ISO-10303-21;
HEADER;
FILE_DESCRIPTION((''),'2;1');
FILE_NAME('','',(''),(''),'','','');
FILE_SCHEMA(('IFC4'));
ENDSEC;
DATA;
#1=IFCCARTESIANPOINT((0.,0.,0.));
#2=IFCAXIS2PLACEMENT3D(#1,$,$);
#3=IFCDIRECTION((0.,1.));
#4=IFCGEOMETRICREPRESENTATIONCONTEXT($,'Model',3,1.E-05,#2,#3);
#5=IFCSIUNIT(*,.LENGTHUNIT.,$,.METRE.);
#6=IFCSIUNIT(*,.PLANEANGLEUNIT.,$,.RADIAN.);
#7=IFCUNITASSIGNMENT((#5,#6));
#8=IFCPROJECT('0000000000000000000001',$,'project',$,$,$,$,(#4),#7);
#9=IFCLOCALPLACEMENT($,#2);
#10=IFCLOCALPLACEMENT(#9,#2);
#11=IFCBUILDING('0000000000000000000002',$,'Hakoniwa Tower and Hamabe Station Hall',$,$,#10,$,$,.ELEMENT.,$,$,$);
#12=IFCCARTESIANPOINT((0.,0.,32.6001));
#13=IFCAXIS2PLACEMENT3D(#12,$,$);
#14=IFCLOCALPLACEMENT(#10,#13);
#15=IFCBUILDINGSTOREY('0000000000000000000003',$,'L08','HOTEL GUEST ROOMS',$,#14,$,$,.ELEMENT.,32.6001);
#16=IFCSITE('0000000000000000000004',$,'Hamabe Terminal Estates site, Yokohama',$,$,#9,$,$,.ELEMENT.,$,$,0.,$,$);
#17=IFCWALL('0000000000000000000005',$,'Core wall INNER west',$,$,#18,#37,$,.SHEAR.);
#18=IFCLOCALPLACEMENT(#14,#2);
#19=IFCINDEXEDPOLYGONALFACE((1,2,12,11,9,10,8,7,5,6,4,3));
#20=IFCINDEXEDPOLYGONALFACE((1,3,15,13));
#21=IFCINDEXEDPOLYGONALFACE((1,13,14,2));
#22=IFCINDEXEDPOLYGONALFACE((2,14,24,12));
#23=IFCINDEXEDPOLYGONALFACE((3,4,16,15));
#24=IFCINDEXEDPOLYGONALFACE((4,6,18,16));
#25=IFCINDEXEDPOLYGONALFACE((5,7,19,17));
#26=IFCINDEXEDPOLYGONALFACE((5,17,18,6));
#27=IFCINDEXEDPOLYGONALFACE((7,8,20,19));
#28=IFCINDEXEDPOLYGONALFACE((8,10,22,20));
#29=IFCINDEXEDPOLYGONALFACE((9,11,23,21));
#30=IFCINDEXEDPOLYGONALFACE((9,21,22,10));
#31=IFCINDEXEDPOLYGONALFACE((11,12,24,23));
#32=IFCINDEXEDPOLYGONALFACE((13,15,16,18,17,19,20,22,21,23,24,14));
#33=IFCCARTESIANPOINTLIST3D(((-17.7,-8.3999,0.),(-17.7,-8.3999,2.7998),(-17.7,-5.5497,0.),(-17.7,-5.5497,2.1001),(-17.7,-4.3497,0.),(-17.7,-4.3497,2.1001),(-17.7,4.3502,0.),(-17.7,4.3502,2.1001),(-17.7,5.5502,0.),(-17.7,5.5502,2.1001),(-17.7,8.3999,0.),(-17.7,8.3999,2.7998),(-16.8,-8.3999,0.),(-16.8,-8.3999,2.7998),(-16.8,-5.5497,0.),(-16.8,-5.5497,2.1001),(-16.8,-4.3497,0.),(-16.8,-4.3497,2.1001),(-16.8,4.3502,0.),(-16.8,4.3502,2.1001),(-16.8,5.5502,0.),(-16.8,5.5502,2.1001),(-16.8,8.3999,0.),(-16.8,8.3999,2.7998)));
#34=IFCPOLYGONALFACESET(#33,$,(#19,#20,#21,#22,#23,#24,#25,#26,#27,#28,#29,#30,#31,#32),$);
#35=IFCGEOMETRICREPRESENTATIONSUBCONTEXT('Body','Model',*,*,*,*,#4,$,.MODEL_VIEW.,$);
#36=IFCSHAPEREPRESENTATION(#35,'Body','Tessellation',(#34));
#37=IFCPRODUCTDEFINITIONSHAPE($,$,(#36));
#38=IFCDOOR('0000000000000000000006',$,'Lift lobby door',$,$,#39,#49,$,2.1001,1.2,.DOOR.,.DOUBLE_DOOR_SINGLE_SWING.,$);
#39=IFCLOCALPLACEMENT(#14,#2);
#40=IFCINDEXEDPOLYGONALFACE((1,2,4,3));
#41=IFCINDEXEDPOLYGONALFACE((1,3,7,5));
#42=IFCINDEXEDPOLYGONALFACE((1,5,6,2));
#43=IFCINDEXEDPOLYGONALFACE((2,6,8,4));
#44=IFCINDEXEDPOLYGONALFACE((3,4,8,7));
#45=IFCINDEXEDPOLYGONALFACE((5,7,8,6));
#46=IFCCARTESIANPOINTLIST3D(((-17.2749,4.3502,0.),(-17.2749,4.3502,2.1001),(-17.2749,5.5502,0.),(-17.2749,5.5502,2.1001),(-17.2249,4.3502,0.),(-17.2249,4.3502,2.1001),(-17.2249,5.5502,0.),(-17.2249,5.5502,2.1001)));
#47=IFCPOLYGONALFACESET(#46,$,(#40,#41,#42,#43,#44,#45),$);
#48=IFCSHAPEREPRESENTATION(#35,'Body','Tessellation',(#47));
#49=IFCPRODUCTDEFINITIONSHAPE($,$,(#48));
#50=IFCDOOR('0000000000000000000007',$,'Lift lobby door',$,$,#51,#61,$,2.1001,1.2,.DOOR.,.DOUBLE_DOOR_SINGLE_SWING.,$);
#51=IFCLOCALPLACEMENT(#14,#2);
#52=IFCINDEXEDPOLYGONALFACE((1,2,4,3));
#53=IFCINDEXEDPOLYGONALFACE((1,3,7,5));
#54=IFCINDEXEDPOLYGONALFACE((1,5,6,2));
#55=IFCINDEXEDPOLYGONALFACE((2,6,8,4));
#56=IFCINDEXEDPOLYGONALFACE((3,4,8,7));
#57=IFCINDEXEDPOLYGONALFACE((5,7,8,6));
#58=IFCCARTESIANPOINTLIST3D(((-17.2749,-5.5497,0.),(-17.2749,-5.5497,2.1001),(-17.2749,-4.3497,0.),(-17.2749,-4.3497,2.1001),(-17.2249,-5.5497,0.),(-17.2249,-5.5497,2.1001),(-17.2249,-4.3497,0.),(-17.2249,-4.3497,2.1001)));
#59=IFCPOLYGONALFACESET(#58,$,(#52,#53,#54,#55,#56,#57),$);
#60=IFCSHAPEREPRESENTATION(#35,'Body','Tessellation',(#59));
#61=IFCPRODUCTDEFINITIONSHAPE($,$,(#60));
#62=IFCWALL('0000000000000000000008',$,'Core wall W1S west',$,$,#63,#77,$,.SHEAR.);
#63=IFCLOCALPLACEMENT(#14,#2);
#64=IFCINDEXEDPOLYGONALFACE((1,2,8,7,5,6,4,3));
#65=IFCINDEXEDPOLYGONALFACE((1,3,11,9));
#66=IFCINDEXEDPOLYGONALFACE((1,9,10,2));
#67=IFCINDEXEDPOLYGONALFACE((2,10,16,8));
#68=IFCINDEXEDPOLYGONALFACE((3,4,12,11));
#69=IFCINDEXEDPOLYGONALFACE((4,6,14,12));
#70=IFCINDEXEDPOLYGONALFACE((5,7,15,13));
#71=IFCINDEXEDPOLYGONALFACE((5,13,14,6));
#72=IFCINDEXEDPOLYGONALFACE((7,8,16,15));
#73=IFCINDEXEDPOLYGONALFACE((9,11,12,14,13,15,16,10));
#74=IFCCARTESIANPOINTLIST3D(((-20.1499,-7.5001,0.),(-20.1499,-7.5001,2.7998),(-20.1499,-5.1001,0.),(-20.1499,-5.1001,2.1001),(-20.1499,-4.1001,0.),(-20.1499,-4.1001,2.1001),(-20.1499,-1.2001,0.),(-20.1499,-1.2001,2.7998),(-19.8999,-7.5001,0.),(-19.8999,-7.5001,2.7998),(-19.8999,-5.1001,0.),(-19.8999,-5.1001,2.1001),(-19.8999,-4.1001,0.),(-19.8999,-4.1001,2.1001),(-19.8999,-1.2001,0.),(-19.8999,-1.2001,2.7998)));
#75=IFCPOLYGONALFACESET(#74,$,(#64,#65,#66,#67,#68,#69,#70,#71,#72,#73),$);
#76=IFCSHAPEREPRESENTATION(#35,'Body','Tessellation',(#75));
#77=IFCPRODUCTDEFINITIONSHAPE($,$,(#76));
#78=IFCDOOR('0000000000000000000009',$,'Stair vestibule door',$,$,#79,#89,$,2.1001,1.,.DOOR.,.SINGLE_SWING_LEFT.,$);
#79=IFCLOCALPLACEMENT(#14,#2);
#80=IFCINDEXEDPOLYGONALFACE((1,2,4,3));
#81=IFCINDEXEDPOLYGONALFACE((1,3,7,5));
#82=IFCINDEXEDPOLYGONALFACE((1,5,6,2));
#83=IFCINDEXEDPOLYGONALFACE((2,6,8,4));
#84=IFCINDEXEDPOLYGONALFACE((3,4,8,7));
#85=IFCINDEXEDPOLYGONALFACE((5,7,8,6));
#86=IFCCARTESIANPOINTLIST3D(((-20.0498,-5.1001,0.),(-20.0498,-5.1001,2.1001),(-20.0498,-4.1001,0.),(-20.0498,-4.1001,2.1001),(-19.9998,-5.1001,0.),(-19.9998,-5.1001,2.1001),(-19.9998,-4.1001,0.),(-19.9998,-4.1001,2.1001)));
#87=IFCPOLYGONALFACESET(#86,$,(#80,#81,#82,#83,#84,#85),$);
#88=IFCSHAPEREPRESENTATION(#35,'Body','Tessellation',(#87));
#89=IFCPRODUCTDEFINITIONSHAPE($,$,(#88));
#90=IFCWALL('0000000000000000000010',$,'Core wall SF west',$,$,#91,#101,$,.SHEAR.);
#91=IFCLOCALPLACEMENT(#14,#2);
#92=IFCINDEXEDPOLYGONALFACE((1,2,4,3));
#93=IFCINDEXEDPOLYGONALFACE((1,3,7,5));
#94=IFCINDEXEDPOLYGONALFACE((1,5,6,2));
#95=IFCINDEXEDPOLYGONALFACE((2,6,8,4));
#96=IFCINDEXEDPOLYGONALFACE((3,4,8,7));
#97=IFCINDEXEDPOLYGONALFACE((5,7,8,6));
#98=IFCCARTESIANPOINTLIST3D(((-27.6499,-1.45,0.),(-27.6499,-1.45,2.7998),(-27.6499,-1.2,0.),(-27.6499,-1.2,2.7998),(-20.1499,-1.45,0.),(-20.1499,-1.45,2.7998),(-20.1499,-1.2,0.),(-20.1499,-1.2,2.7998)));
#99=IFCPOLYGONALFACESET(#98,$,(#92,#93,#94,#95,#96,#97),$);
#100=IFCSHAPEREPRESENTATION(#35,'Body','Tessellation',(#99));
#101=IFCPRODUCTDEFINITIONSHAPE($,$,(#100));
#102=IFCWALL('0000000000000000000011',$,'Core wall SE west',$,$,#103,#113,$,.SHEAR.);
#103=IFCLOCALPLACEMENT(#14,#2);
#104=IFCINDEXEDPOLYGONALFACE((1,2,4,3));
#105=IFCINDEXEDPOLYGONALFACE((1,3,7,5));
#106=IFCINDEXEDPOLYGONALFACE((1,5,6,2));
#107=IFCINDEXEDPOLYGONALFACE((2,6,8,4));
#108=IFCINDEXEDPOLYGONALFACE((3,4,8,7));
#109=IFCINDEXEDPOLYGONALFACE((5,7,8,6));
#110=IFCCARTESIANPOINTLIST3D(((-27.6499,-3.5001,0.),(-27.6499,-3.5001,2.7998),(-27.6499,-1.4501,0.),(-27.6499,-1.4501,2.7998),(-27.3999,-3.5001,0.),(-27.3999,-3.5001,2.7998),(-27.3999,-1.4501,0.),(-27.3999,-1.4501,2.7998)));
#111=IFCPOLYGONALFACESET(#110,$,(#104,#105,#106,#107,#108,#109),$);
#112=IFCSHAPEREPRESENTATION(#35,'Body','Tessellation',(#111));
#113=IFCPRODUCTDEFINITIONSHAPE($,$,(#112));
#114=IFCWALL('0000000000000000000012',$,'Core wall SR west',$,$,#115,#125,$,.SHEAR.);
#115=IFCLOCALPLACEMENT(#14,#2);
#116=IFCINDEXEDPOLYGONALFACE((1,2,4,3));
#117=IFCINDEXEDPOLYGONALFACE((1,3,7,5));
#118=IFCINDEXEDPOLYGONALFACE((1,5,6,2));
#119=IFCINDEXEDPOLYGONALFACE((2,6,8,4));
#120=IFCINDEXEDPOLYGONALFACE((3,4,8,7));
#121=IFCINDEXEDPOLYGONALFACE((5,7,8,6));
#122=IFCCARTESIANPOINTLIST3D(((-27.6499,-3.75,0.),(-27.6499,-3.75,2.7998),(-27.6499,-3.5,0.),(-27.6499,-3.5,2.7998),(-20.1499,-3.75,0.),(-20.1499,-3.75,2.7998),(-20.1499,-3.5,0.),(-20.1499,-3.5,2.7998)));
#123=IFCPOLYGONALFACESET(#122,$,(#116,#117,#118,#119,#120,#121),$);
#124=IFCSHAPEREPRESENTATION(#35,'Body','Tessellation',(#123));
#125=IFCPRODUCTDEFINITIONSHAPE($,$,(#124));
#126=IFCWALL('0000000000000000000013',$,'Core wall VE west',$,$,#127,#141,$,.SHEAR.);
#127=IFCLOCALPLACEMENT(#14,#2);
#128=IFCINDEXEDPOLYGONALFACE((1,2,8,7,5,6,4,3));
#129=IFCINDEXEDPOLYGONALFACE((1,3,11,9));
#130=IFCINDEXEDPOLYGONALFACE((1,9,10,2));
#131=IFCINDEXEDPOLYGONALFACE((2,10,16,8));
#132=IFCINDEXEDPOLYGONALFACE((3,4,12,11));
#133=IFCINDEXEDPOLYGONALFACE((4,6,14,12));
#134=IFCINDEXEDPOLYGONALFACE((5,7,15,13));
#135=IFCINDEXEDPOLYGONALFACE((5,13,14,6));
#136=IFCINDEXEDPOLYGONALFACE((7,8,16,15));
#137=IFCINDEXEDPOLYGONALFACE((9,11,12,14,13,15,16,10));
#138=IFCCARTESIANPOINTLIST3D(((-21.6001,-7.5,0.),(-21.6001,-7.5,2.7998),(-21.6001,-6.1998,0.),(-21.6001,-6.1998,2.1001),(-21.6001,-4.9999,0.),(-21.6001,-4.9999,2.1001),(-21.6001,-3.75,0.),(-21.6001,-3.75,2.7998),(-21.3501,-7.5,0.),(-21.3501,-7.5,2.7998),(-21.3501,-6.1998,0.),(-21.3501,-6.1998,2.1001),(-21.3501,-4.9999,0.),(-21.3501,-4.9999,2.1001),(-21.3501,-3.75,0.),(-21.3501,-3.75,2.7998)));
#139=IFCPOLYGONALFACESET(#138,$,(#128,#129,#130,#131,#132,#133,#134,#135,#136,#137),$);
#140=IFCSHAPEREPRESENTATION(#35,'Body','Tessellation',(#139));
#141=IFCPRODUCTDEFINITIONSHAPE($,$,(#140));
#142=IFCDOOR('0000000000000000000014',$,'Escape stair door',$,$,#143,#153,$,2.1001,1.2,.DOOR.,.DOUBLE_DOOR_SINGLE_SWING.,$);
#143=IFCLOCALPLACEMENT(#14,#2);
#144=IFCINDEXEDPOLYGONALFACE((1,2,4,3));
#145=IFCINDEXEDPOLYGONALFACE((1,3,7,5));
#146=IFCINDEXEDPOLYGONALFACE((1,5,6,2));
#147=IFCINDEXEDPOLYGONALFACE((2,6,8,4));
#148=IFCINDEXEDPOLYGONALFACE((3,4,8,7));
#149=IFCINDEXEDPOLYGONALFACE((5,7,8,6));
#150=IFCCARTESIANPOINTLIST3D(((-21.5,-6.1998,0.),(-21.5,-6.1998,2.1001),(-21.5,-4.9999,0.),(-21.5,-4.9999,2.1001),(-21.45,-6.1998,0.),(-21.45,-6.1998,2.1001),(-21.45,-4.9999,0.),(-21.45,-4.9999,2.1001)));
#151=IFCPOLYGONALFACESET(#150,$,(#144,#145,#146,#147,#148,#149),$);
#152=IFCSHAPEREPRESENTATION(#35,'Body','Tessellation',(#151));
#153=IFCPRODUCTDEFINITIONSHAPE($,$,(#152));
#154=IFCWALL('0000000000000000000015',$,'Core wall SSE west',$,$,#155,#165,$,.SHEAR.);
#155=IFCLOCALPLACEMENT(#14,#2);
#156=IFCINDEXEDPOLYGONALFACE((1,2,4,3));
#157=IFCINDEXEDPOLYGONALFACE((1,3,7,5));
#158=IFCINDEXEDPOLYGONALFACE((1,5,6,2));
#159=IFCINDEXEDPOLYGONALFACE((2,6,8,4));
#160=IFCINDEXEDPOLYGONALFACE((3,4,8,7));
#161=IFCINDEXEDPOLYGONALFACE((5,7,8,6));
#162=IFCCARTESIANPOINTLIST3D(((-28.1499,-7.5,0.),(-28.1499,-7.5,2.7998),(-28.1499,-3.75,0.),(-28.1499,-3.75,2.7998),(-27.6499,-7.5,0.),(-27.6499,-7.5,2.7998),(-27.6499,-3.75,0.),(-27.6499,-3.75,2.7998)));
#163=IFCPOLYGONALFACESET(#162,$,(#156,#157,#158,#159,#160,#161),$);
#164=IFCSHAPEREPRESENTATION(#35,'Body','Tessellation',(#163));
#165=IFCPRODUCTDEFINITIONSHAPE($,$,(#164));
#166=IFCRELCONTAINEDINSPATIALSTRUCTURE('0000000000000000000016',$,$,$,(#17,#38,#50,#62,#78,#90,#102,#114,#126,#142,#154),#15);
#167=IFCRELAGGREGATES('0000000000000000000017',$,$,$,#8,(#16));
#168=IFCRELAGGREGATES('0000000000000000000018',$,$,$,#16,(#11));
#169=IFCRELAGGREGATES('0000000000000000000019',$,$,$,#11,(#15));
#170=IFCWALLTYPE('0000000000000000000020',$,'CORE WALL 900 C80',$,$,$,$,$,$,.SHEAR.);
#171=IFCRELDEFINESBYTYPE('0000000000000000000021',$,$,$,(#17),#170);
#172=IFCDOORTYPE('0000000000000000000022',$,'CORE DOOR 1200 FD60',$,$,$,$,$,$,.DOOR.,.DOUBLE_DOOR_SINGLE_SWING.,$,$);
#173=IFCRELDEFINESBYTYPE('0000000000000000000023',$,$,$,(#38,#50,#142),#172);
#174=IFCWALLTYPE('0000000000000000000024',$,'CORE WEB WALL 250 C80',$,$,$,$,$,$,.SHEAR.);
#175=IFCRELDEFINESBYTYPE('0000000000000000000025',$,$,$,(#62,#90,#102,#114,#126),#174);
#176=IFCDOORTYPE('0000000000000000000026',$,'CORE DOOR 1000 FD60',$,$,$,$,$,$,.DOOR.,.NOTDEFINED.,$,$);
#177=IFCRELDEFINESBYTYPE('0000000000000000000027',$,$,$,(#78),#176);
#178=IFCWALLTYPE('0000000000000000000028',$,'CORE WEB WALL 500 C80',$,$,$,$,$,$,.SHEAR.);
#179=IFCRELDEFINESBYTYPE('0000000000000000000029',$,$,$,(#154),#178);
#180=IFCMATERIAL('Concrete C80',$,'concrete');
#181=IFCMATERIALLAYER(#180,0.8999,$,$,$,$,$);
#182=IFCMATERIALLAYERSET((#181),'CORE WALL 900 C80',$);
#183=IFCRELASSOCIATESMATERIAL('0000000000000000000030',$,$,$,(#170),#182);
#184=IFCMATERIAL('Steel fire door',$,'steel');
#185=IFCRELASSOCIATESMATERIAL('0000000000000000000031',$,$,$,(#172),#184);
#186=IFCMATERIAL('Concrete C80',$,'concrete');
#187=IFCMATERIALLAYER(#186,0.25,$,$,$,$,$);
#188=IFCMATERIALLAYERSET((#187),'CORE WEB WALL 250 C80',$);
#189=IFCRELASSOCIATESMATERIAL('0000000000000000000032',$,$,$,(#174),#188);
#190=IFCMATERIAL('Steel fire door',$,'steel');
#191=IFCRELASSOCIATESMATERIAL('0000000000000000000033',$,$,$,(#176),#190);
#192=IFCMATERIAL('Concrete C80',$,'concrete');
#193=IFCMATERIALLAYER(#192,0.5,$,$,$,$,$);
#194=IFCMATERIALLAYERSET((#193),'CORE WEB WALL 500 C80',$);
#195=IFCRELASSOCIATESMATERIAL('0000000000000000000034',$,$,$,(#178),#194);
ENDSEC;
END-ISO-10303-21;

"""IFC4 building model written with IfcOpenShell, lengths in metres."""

from ifc_helpers import new_model, si_unit, direction, frame, frame_2d, origin, place, context, subcontext, project, spatial, rectangle, extrude, material, layer, layer_set, type_object, element, fill, save


model = new_model("IFC4")

# Units and contexts
model_context = context("Model", 3, precision=1e-05, world=origin(), true_north=direction((0.0, 1.0)))
body_context = subcontext(model_context, "Body", "Model", "MODEL_VIEW")
ifc_project = project(units=[si_unit("LENGTHUNIT", "METRE"), si_unit("PLANEANGLEUNIT", "RADIAN")], contexts=[model_context])

# Site, building, storey
site_placement = place(None, origin())
site = spatial("IfcSite", under=ifc_project, at=site_placement, Name="Hamabe Terminal Estates site, Yokohama", CompositionType="ELEMENT", RefElevation=0.0)
building_placement = place(site_placement, origin())
building = spatial("IfcBuilding", under=site, at=building_placement, Name="Hakoniwa Tower and Hamabe Station Hall", CompositionType="ELEMENT")
storey_placement = place(building_placement, frame((0.0, 0.0, 32.6001)))
storey = spatial("IfcBuildingStorey", under=building, at=storey_placement, Name="L08", Description="HOTEL GUEST ROOMS", CompositionType="ELEMENT", Elevation=32.6001)

# Wall, openings, doors
ifc_material_1 = material(Name="Concrete C80", Category="concrete")
ifc_layer_1 = layer(ifc_material_1, 0.8999)
ifc_layer_set_1 = layer_set([ifc_layer_1], Name="CORE WALL 900 C80")
wall_type_1 = type_object("IfcWallType", Name="CORE WALL 900 C80", PredefinedType="SHEAR", material=ifc_layer_set_1)
wall_1_placement = place(storey_placement, frame((-17.25, -8.3999, 0.0), z_axis=(0.0, 0.0, 1.0), x_axis=(0.0, 1.0, 0.0)))
wall_1 = element("IfcWall", 1, at=wall_1_placement, inside=storey, type_object=wall_type_1, Name="Core wall INNER west", PredefinedType="SHEAR", context=body_context, shape_type="SweptSolid", body=[
    extrude(rectangle(XDim=16.7998, YDim=0.8999, at=frame_2d((8.3999, 0.0))), origin(), (0.0, 0.0, 1.0), 2.7998),
])
opening_1_placement = place(wall_1_placement, frame((12.75, 0.0, 0.0)))
opening_1 = element("IfcOpeningElement", 2, at=opening_1_placement, cuts=wall_1, PredefinedType="OPENING", context=body_context, shape_type="SweptSolid", body=[
    extrude(rectangle(XDim=1.2, YDim=2.1001, at=frame_2d((0.6001, 1.05))), frame((0.0, 0.46, 0.0), z_axis=(0.0, -1.0, 0.0), x_axis=(1.0, 0.0, 0.0)), (0.0, 0.0, 1.0), 0.9199),
])
opening_2_placement = place(wall_1_placement, frame((2.8501, 0.0, 0.0)))
opening_2 = element("IfcOpeningElement", 3, at=opening_2_placement, cuts=wall_1, PredefinedType="OPENING", context=body_context, shape_type="SweptSolid", body=[
    extrude(rectangle(XDim=1.2, YDim=2.1001, at=frame_2d((0.6001, 1.05))), frame((0.0, 0.46, 0.0), z_axis=(0.0, -1.0, 0.0), x_axis=(1.0, 0.0, 0.0)), (0.0, 0.0, 1.0), 0.9199),
])
ifc_material_2 = material(Name="Steel fire door", Category="steel")
door_type_1 = type_object("IfcDoorType", Name="CORE DOOR 1200 FD60", OperationType="DOUBLE_DOOR_SINGLE_SWING", PredefinedType="DOOR", material=ifc_material_2)
door_1_placement = place(opening_1_placement, origin())
door_1 = element("IfcDoor", 4, at=door_1_placement, inside=storey, type_object=door_type_1, Name="Lift lobby door", OperationType="DOUBLE_DOOR_SINGLE_SWING", OverallHeight=2.1001, OverallWidth=1.2, PredefinedType="DOOR", context=body_context, shape_type="SweptSolid", body=[
    extrude(rectangle(XDim=1.2, YDim=2.1001, at=frame_2d((0.6001, 1.05))), frame((0.0, 0.0249, 0.0), z_axis=(0.0, -1.0, 0.0), x_axis=(1.0, 0.0, 0.0)), (0.0, 0.0, 1.0), 0.05),
])
fill(opening_1, door_1)
door_2_placement = place(opening_2_placement, origin())
door_2 = element("IfcDoor", 5, at=door_2_placement, inside=storey, type_object=door_type_1, Name="Lift lobby door", OperationType="DOUBLE_DOOR_SINGLE_SWING", OverallHeight=2.1001, OverallWidth=1.2, PredefinedType="DOOR", context=body_context, shape_type="SweptSolid", body=[
    extrude(rectangle(XDim=1.2, YDim=2.1001, at=frame_2d((0.6001, 1.05))), frame((0.0, 0.0249, 0.0), z_axis=(0.0, -1.0, 0.0), x_axis=(1.0, 0.0, 0.0)), (0.0, 0.0, 1.0), 0.05),
])
fill(opening_2, door_2)

# Wall, opening, door
ifc_material_3 = material(Name="Concrete C80", Category="concrete")
ifc_layer_2 = layer(ifc_material_3, 0.25)
ifc_layer_set_2 = layer_set([ifc_layer_2], Name="CORE WEB WALL 250 C80")
wall_type_2 = type_object("IfcWallType", Name="CORE WEB WALL 250 C80", PredefinedType="SHEAR", material=ifc_layer_set_2)
wall_2_placement = place(storey_placement, frame((-20.0249, -7.5, 0.0), z_axis=(0.0, 0.0, 1.0), x_axis=(0.0, 1.0, 0.0)))
wall_2 = element("IfcWall", 6, at=wall_2_placement, inside=storey, type_object=wall_type_2, Name="Core wall W1S west", PredefinedType="SHEAR", context=body_context, shape_type="SweptSolid", body=[
    extrude(rectangle(XDim=6.3, YDim=0.25, at=frame_2d((3.1499, 0.0))), origin(), (0.0, 0.0, 1.0), 2.7998),
])
opening_3_placement = place(wall_2_placement, frame((2.3999, 0.0, 0.0)))
opening_3 = element("IfcOpeningElement", 7, at=opening_3_placement, cuts=wall_2, PredefinedType="OPENING", context=body_context, shape_type="SweptSolid", body=[
    extrude(rectangle(XDim=1.0, YDim=2.1001, at=frame_2d((0.5, 1.05))), frame((0.0, 0.135, 0.0), z_axis=(0.0, -1.0, 0.0), x_axis=(1.0, 0.0, 0.0)), (0.0, 0.0, 1.0), 0.27),
])
ifc_material_4 = material(Name="Steel fire door", Category="steel")
door_type_2 = type_object("IfcDoorType", Name="CORE DOOR 1000 FD60", OperationType="NOTDEFINED", PredefinedType="DOOR", material=ifc_material_4)
door_3_placement = place(opening_3_placement, origin())
door_3 = element("IfcDoor", 8, at=door_3_placement, inside=storey, type_object=door_type_2, Name="Stair vestibule door", OperationType="SINGLE_SWING_LEFT", OverallHeight=2.1001, OverallWidth=1.0, PredefinedType="DOOR", context=body_context, shape_type="SweptSolid", body=[
    extrude(rectangle(XDim=1.0, YDim=2.1001, at=frame_2d((0.5, 1.05))), frame((0.0, 0.0249, 0.0), z_axis=(0.0, -1.0, 0.0), x_axis=(1.0, 0.0, 0.0)), (0.0, 0.0, 1.0), 0.05),
])
fill(opening_3, door_3)

# Walls
wall_3_placement = place(storey_placement, frame((-27.6499, -1.325, 0.0), z_axis=(0.0, 0.0, 1.0), x_axis=(1.0, 0.0, 0.0)))
element("IfcWall", 9, at=wall_3_placement, inside=storey, type_object=wall_type_2, Name="Core wall SF west", PredefinedType="SHEAR", context=body_context, shape_type="SweptSolid", body=[
    extrude(rectangle(XDim=7.5, YDim=0.25, at=frame_2d((3.75, 0.0))), origin(), (0.0, 0.0, 1.0), 2.7998),
])
wall_4_placement = place(storey_placement, frame((-27.5249, -3.5, 0.0), z_axis=(0.0, 0.0, 1.0), x_axis=(0.0, 1.0, 0.0)))
element("IfcWall", 10, at=wall_4_placement, inside=storey, type_object=wall_type_2, Name="Core wall SE west", PredefinedType="SHEAR", context=body_context, shape_type="SweptSolid", body=[
    extrude(rectangle(XDim=2.05, YDim=0.25, at=frame_2d((1.0249, 0.0))), origin(), (0.0, 0.0, 1.0), 2.7998),
])
wall_5_placement = place(storey_placement, frame((-27.6499, -3.625, 0.0), z_axis=(0.0, 0.0, 1.0), x_axis=(1.0, 0.0, 0.0)))
element("IfcWall", 11, at=wall_5_placement, inside=storey, type_object=wall_type_2, Name="Core wall SR west", PredefinedType="SHEAR", context=body_context, shape_type="SweptSolid", body=[
    extrude(rectangle(XDim=7.5, YDim=0.25, at=frame_2d((3.75, 0.0))), origin(), (0.0, 0.0, 1.0), 2.7998),
])

# Wall, opening, door
wall_6_placement = place(storey_placement, frame((-21.4751, -7.5, 0.0), z_axis=(0.0, 0.0, 1.0), x_axis=(0.0, 1.0, 0.0)))
wall_6 = element("IfcWall", 12, at=wall_6_placement, inside=storey, type_object=wall_type_2, Name="Core wall VE west", PredefinedType="SHEAR", context=body_context, shape_type="SweptSolid", body=[
    extrude(rectangle(XDim=3.75, YDim=0.25, at=frame_2d((1.875, 0.0))), origin(), (0.0, 0.0, 1.0), 2.7998),
])
opening_4_placement = place(wall_6_placement, frame((1.3, 0.0, 0.0)))
opening_4 = element("IfcOpeningElement", 13, at=opening_4_placement, cuts=wall_6, PredefinedType="OPENING", context=body_context, shape_type="SweptSolid", body=[
    extrude(rectangle(XDim=1.2, YDim=2.1001, at=frame_2d((0.6001, 1.05))), frame((0.0, 0.135, 0.0), z_axis=(0.0, -1.0, 0.0), x_axis=(1.0, 0.0, 0.0)), (0.0, 0.0, 1.0), 0.27),
])
door_4_placement = place(opening_4_placement, origin())
door_4 = element("IfcDoor", 14, at=door_4_placement, inside=storey, type_object=door_type_1, Name="Escape stair door", OperationType="DOUBLE_DOOR_SINGLE_SWING", OverallHeight=2.1001, OverallWidth=1.2, PredefinedType="DOOR", context=body_context, shape_type="SweptSolid", body=[
    extrude(rectangle(XDim=1.2, YDim=2.1001, at=frame_2d((0.6001, 1.05))), frame((0.0, 0.0249, 0.0), z_axis=(0.0, -1.0, 0.0), x_axis=(1.0, 0.0, 0.0)), (0.0, 0.0, 1.0), 0.05),
])
fill(opening_4, door_4)

# Wall
ifc_material_5 = material(Name="Concrete C80", Category="concrete")
ifc_layer_3 = layer(ifc_material_5, 0.5)
ifc_layer_set_3 = layer_set([ifc_layer_3], Name="CORE WEB WALL 500 C80")
wall_type_3 = type_object("IfcWallType", Name="CORE WEB WALL 500 C80", PredefinedType="SHEAR", material=ifc_layer_set_3)
wall_7_placement = place(storey_placement, frame((-27.8999, -7.5, 0.0), z_axis=(0.0, 0.0, 1.0), x_axis=(0.0, 1.0, 0.0)))
element("IfcWall", 15, at=wall_7_placement, inside=storey, type_object=wall_type_3, Name="Core wall SSE west", PredefinedType="SHEAR", context=body_context, shape_type="SweptSolid", body=[
    extrude(rectangle(XDim=3.75, YDim=0.5, at=frame_2d((1.875, 0.0))), origin(), (0.0, 0.0, 1.0), 2.7998),
])

save(model, "model.ifc")
